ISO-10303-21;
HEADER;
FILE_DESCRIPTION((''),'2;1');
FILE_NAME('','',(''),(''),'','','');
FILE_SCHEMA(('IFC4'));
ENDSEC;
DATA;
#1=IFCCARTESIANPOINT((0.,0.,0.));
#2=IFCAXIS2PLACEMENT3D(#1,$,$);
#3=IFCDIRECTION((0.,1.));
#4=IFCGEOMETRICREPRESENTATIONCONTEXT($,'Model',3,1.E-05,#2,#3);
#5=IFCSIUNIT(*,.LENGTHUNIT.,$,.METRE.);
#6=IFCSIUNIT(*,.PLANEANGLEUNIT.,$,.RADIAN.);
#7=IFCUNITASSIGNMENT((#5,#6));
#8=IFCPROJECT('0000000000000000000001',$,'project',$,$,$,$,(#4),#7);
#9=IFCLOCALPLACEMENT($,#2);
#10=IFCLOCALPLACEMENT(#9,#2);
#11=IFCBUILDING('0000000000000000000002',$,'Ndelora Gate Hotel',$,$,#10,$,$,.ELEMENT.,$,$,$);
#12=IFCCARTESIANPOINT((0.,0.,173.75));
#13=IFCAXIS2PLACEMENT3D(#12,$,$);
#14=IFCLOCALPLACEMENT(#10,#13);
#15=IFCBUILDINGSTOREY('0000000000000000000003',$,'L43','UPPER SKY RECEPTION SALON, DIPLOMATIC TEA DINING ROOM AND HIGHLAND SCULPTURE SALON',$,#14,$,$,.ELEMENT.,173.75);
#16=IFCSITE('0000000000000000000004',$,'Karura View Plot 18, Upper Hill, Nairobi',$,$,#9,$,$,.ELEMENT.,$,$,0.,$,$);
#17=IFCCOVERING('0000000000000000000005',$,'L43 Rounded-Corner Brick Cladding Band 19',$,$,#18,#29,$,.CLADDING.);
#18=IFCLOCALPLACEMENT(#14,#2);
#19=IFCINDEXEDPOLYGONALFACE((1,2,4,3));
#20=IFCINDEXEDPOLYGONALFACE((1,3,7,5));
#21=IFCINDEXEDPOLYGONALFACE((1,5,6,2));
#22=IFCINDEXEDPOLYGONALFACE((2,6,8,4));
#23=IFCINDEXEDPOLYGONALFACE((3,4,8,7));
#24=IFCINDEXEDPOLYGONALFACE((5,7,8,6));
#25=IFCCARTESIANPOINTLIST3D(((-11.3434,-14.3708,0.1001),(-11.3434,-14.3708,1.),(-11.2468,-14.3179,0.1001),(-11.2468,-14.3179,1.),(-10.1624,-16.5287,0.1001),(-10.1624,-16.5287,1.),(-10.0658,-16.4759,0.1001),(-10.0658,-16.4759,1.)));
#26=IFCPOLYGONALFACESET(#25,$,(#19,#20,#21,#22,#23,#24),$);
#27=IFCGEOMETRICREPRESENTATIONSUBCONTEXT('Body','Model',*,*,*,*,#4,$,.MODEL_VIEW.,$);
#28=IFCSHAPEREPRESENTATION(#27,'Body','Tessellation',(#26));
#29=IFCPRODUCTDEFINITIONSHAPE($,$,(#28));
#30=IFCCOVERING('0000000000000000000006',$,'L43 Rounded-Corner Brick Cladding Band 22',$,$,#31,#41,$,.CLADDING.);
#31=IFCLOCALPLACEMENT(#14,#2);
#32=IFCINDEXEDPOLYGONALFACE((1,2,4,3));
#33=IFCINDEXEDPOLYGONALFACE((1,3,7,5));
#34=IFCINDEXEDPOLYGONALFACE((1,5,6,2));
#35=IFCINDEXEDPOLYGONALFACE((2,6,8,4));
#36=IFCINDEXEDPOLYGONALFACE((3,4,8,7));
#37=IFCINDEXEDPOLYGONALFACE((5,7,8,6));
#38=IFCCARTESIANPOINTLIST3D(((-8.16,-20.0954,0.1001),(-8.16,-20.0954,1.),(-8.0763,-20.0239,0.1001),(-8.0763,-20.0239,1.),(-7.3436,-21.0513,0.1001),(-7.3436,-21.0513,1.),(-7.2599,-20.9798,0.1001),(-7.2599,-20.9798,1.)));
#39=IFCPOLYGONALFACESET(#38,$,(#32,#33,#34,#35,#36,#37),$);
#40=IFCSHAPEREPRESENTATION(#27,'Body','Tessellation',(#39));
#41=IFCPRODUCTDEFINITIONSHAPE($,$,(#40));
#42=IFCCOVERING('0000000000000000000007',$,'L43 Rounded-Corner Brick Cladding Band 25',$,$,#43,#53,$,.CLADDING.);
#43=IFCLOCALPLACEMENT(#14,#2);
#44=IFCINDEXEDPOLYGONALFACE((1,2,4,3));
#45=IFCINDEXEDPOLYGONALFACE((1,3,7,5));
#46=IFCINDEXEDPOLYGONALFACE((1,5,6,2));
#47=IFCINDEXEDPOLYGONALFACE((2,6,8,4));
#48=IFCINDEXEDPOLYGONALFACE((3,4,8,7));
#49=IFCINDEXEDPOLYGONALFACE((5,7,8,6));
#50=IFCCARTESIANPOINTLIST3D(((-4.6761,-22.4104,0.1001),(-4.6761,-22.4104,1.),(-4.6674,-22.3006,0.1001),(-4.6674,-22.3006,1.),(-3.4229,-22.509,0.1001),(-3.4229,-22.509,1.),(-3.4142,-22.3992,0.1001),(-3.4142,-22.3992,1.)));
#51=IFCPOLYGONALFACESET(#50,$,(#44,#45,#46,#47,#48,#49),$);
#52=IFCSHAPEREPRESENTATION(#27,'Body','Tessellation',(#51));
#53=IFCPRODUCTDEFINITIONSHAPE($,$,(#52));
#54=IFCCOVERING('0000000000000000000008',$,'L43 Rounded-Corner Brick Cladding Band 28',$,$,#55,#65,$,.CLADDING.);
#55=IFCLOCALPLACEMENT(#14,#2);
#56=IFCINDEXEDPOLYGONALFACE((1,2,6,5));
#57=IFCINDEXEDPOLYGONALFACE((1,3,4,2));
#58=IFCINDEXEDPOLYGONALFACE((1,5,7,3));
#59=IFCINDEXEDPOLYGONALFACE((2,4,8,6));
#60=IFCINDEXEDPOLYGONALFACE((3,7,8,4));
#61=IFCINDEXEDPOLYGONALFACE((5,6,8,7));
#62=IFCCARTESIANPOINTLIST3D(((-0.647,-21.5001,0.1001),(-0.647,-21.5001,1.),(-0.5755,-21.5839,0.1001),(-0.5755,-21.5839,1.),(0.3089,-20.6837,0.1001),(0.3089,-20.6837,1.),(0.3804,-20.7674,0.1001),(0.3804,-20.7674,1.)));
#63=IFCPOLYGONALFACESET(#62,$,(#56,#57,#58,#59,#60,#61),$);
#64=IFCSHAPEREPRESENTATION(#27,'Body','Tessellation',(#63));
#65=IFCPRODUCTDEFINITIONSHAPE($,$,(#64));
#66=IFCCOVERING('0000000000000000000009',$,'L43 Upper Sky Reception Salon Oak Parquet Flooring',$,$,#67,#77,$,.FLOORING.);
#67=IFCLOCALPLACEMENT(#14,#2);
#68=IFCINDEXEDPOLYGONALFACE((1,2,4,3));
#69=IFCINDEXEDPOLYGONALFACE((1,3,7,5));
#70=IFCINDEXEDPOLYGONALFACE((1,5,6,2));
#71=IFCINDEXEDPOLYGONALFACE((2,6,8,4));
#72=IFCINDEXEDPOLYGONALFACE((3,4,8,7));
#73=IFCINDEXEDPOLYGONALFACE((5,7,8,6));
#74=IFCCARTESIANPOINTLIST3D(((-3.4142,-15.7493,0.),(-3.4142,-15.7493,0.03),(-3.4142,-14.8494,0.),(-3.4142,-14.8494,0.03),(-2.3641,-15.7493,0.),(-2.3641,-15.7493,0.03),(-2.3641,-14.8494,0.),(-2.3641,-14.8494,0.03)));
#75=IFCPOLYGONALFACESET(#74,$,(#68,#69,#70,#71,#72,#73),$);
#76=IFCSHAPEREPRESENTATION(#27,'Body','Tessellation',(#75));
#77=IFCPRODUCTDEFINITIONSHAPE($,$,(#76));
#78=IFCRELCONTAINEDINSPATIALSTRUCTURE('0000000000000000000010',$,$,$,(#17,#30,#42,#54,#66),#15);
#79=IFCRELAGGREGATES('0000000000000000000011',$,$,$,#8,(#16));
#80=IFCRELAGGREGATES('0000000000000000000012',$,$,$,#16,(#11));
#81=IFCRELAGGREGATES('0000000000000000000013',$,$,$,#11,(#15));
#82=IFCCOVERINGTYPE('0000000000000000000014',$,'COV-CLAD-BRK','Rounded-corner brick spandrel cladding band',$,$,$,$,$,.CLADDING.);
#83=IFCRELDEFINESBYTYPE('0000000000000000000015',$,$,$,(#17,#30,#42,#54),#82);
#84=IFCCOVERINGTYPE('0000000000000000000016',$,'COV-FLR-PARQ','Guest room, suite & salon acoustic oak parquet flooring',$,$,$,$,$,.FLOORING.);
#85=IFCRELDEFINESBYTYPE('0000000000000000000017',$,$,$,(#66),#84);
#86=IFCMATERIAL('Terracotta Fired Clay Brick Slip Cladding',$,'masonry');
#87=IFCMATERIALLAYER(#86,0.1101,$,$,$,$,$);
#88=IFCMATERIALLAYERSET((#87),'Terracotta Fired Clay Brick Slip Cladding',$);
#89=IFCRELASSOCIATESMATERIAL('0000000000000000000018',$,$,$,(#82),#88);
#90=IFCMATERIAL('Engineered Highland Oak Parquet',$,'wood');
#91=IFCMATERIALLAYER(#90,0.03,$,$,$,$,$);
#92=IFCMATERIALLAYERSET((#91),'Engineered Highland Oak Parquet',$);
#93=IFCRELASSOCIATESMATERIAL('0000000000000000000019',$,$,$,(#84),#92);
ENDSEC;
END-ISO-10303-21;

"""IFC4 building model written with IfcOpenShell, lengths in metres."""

from ifc_helpers import new_model, si_unit, direction, frame, origin, origin_2d, place, context, subcontext, project, spatial, rectangle, extrude, material, layer, layer_set, type_object, element, save


model = new_model("IFC4")

# Units and contexts
model_context = context("Model", 3, precision=1e-05, world=origin(), true_north=direction((0.0, 1.0)))
body_context = subcontext(model_context, "Body", "Model", "MODEL_VIEW")
ifc_project = project(units=[si_unit("LENGTHUNIT", "METRE"), si_unit("PLANEANGLEUNIT", "RADIAN")], contexts=[model_context])

# Site, building, storey
site_placement = place(None, origin())
site = spatial("IfcSite", under=ifc_project, at=site_placement, Name="Karura View Plot 18, Upper Hill, Nairobi", CompositionType="ELEMENT", RefElevation=0.0)
building_placement = place(site_placement, origin())
building = spatial("IfcBuilding", under=site, at=building_placement, Name="Ndelora Gate Hotel", CompositionType="ELEMENT")
storey_placement = place(building_placement, frame((0.0, 0.0, 173.75)))
storey = spatial("IfcBuildingStorey", under=building, at=storey_placement, Name="L43", Description="UPPER SKY RECEPTION SALON, DIPLOMATIC TEA DINING ROOM AND HIGHLAND SCULPTURE SALON", CompositionType="ELEMENT", Elevation=173.75)

# Coverings
ifc_material_1 = material(Name="Terracotta Fired Clay Brick Slip Cladding", Category="masonry")
ifc_layer_1 = layer(ifc_material_1, 0.1101)
ifc_layer_set_1 = layer_set([ifc_layer_1], Name="Terracotta Fired Clay Brick Slip Cladding")
covering_type_1 = type_object("IfcCoveringType", Name="COV-CLAD-BRK", Description="Rounded-corner brick spandrel cladding band", PredefinedType="CLADDING", material=ifc_layer_set_1)
covering_1_placement = place(storey_placement, frame((-10.7046, -15.4233, 0.1001), z_axis=(0.0, 0.0, 1.0), x_axis=(-0.48007, 0.87723, 0.0)))
element("IfcCovering", 1, at=covering_1_placement, inside=storey, type_object=covering_type_1, Name="L43 Rounded-Corner Brick Cladding Band 19", PredefinedType="CLADDING", context=body_context, shape_type="SweptSolid", body=[
    extrude(rectangle(XDim=2.46, YDim=0.1101, at=origin_2d()), origin(), (0.0, 0.0, 1.0), 0.8999),
])
for number, where, z_axis, x_axis, name in (
    (2, (-7.71, -20.5376, 0.1001), (0.0, 0.0, 1.0), (-0.649448, 0.760406, 0.0), "L43 Rounded-Corner Brick Cladding Band 22"),
    (3, (-4.0452, -22.4048, 0.1001), (0.0, 0.0, 1.0), (-0.996917, 0.078459, 0.0), "L43 Rounded-Corner Brick Cladding Band 25"),
    (4, (-0.1333, -21.1338, 0.1001), (0.0, 0.0, 1.0), (0.760406, 0.649448, 0.0), "L43 Rounded-Corner Brick Cladding Band 28"),
):
    element("IfcCovering", number, at=place(storey_placement, frame(where, z_axis=z_axis, x_axis=x_axis)), inside=storey, type_object=covering_type_1, Name=name, PredefinedType="CLADDING", context=body_context, shape_type="SweptSolid", body=[
        extrude(rectangle(XDim=1.2571, YDim=0.1101, at=origin_2d()), origin(), (0.0, 0.0, 1.0), 0.8999),
    ])
ifc_material_2 = material(Name="Engineered Highland Oak Parquet", Category="wood")
ifc_layer_2 = layer(ifc_material_2, 0.03)
ifc_layer_set_2 = layer_set([ifc_layer_2], Name="Engineered Highland Oak Parquet")
covering_type_2 = type_object("IfcCoveringType", Name="COV-FLR-PARQ", Description="Guest room, suite & salon acoustic oak parquet flooring", PredefinedType="FLOORING", material=ifc_layer_set_2)
covering_2_placement = place(storey_placement, frame((-2.8892, -15.2993, 0.0), z_axis=(0.0, 0.0, 1.0), x_axis=(1.0, 0.0, 0.0)))
element("IfcCovering", 5, at=covering_2_placement, inside=storey, type_object=covering_type_2, Name="L43 Upper Sky Reception Salon Oak Parquet Flooring", PredefinedType="FLOORING", context=body_context, shape_type="SweptSolid", body=[
    extrude(rectangle(XDim=1.05, YDim=0.8999, at=origin_2d()), origin(), (0.0, 0.0, 1.0), 0.03),
])

save(model, "model.ifc")
